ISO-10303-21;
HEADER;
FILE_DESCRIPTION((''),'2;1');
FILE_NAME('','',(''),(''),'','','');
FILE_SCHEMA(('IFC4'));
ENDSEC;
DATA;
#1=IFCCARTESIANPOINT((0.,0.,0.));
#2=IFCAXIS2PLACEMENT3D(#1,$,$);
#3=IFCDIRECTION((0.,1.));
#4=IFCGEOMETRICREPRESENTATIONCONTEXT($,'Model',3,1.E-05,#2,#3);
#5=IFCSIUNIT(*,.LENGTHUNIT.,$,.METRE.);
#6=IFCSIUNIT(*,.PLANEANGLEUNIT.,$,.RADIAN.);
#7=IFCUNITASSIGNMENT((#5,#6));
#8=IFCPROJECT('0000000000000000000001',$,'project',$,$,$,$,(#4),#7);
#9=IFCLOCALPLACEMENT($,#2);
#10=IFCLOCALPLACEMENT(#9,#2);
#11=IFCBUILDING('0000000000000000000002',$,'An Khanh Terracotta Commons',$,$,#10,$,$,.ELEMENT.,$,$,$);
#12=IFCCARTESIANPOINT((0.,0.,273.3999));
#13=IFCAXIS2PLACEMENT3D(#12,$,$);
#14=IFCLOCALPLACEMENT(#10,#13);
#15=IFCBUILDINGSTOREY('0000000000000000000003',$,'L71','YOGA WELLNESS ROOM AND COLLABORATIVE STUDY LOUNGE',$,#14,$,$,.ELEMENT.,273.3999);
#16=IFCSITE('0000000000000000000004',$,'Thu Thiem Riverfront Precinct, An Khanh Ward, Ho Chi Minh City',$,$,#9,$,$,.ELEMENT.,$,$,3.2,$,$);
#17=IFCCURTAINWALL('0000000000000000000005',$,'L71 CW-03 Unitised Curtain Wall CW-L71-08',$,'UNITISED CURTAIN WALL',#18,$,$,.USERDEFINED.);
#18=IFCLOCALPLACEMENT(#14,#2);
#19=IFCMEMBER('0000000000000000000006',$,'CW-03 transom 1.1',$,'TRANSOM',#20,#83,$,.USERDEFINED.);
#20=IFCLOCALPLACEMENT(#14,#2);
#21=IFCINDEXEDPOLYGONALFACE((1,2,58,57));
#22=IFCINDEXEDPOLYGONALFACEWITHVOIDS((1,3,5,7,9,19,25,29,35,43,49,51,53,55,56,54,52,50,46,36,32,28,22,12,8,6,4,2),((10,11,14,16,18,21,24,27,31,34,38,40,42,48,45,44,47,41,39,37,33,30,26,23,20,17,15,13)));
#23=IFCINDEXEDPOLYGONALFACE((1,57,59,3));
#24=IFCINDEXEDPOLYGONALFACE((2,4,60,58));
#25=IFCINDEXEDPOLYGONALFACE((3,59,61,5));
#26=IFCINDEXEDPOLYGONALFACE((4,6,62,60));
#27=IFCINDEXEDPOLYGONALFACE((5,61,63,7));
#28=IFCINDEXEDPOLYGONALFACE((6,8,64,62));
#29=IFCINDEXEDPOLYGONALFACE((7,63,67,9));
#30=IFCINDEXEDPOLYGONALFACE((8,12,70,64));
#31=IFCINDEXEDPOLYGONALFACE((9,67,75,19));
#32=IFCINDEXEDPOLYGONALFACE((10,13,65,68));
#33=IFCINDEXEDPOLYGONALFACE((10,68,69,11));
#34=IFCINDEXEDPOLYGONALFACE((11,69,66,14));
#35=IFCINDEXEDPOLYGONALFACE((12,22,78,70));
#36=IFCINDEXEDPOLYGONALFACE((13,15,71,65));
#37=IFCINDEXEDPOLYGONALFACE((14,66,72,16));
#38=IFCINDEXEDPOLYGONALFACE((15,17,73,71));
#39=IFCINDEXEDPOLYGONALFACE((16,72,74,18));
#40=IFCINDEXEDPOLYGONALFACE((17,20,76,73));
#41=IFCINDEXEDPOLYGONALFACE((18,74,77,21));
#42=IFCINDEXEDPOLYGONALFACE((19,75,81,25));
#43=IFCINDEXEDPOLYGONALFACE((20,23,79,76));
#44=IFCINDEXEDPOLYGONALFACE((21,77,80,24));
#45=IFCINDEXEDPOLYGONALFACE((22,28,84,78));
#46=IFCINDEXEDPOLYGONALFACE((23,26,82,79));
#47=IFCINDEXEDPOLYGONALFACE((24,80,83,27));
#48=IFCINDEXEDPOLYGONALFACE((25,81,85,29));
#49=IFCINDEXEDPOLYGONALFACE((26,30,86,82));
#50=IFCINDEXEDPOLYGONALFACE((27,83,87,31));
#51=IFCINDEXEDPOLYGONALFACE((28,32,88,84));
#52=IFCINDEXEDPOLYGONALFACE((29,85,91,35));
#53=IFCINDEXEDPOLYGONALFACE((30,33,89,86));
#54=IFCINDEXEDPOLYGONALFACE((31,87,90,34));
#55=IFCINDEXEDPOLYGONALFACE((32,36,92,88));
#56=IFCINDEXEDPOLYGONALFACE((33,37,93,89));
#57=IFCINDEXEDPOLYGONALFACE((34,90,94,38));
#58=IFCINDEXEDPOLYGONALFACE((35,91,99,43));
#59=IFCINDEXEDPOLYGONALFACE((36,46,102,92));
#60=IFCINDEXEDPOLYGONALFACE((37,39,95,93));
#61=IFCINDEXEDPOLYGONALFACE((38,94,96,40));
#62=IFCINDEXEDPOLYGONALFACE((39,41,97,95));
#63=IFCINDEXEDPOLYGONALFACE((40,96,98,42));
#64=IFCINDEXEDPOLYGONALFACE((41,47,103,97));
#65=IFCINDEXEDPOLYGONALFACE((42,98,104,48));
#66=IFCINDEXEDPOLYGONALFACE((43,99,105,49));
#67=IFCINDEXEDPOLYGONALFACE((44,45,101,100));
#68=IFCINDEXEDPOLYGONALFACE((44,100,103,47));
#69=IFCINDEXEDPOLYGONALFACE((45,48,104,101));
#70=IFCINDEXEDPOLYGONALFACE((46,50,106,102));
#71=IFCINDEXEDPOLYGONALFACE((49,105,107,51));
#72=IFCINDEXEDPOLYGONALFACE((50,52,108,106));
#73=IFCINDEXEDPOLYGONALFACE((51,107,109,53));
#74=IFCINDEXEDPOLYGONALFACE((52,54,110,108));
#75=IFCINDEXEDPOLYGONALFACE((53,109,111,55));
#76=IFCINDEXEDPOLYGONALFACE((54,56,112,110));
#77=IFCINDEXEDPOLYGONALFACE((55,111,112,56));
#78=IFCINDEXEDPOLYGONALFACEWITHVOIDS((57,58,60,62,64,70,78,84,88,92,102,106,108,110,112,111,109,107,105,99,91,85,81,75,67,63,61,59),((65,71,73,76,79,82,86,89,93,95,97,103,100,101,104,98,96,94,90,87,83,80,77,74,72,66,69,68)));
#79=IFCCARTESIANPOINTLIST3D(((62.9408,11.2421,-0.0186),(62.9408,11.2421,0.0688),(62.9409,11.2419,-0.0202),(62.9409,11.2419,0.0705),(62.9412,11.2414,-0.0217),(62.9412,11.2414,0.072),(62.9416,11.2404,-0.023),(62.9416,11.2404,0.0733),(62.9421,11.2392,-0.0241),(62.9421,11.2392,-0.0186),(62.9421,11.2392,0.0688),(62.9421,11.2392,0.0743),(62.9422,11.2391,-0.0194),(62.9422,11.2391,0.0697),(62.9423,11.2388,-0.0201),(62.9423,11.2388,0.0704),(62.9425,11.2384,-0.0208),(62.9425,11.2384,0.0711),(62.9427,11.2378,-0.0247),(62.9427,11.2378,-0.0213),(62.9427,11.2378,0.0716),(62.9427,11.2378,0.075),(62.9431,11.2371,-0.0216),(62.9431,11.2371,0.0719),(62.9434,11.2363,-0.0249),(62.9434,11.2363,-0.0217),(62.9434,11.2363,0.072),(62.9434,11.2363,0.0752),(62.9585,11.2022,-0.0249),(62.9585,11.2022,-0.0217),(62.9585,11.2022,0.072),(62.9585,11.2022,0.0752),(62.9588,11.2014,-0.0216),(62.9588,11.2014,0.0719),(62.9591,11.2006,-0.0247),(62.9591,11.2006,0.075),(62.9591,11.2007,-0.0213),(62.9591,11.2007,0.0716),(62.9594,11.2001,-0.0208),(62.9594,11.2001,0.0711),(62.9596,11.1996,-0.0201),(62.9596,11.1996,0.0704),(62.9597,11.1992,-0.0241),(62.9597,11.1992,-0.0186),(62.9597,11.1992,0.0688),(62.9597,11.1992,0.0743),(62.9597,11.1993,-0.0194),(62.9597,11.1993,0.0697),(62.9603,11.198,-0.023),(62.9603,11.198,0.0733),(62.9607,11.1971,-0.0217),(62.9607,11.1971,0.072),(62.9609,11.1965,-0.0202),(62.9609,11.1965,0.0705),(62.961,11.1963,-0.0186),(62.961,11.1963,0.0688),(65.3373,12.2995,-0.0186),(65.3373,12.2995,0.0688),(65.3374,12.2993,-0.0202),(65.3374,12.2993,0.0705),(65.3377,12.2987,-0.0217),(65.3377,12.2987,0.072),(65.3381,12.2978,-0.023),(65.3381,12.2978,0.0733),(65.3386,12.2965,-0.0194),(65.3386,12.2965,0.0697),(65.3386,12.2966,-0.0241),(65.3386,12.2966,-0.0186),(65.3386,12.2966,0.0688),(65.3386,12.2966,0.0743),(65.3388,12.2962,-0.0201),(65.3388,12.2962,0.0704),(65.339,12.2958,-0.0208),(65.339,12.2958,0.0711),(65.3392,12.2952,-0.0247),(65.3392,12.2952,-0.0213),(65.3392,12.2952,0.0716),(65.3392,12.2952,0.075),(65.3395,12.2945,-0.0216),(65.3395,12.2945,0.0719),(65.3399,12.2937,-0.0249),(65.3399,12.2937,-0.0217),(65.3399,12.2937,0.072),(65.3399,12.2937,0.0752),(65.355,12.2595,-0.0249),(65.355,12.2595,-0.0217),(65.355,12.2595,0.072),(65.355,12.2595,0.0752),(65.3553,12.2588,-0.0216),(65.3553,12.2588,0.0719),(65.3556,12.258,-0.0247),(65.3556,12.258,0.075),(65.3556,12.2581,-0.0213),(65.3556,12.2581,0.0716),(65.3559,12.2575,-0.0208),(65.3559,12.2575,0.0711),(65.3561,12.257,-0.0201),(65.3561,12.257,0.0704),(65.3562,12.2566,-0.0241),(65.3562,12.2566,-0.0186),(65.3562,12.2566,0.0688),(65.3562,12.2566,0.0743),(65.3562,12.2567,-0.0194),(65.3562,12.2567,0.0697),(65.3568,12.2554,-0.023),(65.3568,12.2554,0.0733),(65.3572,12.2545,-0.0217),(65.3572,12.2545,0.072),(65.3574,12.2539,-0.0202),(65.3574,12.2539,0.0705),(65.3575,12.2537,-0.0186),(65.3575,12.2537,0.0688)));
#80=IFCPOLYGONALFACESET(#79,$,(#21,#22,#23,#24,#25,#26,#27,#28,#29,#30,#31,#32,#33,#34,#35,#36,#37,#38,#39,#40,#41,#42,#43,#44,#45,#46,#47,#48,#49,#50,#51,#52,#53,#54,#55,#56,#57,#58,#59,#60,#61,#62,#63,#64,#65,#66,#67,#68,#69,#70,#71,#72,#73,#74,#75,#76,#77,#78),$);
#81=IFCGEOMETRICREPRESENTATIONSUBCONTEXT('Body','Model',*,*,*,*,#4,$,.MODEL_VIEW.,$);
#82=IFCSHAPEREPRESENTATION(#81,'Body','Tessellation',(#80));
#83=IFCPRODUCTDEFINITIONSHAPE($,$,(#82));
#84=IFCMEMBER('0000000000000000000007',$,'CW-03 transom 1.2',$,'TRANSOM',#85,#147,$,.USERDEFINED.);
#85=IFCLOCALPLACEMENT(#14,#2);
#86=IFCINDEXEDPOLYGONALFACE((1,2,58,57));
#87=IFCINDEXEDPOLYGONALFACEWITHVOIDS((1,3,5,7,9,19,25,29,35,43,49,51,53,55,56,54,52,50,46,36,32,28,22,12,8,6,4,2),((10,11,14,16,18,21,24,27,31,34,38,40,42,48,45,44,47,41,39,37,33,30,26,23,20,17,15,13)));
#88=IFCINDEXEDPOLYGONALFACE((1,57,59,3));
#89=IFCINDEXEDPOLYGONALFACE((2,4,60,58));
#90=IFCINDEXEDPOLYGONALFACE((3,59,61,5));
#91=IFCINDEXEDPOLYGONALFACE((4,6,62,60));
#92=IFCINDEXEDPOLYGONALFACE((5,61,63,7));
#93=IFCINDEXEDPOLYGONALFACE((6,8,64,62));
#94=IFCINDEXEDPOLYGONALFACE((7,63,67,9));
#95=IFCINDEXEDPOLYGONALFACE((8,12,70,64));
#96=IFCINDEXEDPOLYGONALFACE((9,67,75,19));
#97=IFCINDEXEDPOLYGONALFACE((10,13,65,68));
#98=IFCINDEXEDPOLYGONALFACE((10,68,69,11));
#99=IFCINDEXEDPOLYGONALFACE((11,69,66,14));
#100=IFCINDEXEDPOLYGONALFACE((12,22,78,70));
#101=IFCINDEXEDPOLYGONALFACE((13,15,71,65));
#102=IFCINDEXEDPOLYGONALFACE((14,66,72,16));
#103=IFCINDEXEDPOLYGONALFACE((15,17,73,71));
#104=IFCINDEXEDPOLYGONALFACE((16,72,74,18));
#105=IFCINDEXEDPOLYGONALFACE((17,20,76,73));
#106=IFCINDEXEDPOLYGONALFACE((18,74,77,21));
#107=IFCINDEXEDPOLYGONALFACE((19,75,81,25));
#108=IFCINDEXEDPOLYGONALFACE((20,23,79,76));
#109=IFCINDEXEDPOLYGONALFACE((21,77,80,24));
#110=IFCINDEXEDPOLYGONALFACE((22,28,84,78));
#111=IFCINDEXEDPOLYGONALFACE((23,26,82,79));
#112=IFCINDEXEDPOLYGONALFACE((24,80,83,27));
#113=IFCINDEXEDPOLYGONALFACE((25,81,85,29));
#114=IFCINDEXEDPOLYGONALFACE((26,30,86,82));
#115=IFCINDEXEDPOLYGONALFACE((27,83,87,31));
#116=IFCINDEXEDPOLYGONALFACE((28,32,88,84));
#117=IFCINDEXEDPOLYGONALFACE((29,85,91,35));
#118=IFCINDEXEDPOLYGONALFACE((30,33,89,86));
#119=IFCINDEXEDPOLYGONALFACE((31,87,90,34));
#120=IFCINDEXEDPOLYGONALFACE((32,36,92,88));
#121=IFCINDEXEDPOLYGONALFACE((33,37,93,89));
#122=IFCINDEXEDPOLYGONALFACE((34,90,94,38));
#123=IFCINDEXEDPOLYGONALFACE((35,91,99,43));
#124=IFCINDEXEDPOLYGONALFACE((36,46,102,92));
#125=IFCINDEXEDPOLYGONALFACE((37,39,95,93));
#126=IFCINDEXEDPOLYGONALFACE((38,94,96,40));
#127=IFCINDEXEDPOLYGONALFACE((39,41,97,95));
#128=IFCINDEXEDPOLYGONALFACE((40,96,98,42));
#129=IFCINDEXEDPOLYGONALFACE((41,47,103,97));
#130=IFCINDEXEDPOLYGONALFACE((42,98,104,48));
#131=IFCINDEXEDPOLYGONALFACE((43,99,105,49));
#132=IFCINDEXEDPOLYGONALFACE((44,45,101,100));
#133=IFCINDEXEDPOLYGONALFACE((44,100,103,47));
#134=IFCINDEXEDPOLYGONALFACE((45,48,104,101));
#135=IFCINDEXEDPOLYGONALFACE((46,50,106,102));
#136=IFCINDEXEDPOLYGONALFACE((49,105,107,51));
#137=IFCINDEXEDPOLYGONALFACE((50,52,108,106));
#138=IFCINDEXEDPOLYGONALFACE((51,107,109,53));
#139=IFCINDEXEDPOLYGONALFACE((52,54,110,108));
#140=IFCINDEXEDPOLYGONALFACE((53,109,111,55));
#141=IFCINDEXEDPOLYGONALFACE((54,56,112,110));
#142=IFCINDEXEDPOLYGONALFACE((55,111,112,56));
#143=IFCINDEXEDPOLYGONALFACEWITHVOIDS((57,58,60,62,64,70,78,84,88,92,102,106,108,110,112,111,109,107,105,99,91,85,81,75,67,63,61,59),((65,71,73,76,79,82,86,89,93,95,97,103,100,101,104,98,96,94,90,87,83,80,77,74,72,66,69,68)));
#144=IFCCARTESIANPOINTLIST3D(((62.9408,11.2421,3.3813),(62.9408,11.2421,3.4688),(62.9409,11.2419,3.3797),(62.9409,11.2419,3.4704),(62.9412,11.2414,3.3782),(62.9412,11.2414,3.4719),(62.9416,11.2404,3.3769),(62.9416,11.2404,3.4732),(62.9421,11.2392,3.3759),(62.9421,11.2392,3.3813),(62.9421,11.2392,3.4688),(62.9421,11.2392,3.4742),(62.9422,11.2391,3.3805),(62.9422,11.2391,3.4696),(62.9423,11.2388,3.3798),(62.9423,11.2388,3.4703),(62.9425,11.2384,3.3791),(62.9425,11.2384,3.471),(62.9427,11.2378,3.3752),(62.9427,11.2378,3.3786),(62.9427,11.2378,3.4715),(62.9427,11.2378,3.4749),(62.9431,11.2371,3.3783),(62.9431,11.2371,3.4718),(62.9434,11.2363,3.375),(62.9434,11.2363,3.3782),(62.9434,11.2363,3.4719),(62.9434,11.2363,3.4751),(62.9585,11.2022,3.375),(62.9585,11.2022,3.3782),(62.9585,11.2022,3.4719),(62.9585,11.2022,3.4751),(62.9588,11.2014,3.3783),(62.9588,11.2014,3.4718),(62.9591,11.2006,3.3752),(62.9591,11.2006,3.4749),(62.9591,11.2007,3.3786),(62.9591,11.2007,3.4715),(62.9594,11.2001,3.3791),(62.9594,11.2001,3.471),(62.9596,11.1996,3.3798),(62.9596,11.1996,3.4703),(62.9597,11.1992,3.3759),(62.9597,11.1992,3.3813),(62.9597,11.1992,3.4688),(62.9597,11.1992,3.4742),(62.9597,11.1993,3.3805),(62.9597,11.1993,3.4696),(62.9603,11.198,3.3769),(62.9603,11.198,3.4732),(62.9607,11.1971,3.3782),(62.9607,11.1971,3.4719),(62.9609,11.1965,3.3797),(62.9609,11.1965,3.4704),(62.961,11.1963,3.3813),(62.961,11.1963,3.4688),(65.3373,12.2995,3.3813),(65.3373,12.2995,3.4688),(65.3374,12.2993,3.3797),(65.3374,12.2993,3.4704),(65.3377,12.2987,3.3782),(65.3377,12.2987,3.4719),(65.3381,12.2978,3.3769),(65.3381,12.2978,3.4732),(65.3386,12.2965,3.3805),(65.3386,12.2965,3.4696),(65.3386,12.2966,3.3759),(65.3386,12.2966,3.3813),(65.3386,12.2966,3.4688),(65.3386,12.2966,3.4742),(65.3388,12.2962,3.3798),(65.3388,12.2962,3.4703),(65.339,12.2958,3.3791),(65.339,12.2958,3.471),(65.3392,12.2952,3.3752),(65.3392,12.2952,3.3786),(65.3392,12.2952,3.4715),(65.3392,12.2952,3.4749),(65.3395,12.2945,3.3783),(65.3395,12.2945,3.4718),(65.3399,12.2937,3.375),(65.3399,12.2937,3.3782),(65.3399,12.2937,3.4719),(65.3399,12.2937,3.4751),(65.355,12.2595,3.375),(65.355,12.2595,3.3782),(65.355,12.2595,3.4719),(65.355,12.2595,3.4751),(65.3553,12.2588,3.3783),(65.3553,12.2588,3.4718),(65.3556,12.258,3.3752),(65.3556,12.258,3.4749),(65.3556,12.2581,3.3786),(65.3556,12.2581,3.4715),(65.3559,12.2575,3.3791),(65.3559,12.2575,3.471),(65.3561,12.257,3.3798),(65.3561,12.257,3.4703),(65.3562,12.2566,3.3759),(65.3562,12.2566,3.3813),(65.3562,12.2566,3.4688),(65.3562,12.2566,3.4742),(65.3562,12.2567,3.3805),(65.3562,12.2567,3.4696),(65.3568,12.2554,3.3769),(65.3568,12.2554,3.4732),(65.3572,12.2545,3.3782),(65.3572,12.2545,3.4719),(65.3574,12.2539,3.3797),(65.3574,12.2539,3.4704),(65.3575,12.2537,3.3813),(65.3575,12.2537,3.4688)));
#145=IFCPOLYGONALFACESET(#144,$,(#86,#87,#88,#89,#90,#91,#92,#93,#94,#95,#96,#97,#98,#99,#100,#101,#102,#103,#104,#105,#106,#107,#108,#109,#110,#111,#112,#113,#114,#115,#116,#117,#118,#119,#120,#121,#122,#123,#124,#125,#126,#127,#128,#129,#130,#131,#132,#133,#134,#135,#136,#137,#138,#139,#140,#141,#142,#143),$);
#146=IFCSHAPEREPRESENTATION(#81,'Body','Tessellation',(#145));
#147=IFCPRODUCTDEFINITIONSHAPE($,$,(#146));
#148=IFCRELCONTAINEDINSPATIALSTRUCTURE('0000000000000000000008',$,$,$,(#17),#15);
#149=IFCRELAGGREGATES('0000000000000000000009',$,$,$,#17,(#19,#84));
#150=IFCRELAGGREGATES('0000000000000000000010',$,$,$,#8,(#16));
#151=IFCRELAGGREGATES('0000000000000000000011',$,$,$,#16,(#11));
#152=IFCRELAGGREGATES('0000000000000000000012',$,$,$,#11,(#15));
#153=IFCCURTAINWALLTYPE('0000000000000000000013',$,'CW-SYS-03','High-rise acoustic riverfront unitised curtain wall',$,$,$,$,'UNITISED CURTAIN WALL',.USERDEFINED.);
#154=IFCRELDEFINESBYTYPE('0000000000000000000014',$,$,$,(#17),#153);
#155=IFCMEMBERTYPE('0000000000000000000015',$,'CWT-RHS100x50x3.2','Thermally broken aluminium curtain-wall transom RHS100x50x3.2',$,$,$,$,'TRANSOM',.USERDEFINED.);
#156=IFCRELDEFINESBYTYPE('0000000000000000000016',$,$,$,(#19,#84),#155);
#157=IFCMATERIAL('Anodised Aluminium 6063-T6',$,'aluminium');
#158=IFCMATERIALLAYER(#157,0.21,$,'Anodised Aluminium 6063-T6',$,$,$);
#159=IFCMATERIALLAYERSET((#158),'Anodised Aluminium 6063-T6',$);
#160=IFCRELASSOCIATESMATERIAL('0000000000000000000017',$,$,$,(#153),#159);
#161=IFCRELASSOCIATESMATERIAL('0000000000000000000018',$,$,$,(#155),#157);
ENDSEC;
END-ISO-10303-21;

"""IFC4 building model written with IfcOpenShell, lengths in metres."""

from ifc_helpers import new_model, si_unit, direction, frame, origin, origin_2d, place, context, subcontext, project, spatial, hollow_rectangle, extrude, material, layer, layer_set, material_profile, profile_set, type_object, element, aggregate, save


model = new_model("IFC4")

# Units and contexts
model_context = context("Model", 3, precision=1e-05, world=origin(), true_north=direction((0.0, 1.0)))
body_context = subcontext(model_context, "Body", "Model", "MODEL_VIEW")
ifc_project = project(units=[si_unit("LENGTHUNIT", "METRE"), si_unit("PLANEANGLEUNIT", "RADIAN")], contexts=[model_context])

# Site, building, storey
site_placement = place(None, origin())
site = spatial("IfcSite", under=ifc_project, at=site_placement, Name="Thu Thiem Riverfront Precinct, An Khanh Ward, Ho Chi Minh City", CompositionType="ELEMENT", RefElevation=3.2)
building_placement = place(site_placement, origin())
building = spatial("IfcBuilding", under=site, at=building_placement, Name="An Khanh Terracotta Commons", CompositionType="ELEMENT")
storey_placement = place(building_placement, frame((0.0, 0.0, 273.3999)))
storey = spatial("IfcBuildingStorey", under=building, at=storey_placement, Name="L71", Description="YOGA WELLNESS ROOM AND COLLABORATIVE STUDY LOUNGE", CompositionType="ELEMENT", Elevation=273.3999)

# Curtain wall, members
ifc_material_1 = material(Name="Anodised Aluminium 6063-T6", Category="aluminium")
ifc_layer_1 = layer(ifc_material_1, 0.21, Name="Anodised Aluminium 6063-T6")
ifc_layer_set_1 = layer_set([ifc_layer_1], Name="Anodised Aluminium 6063-T6")
curtain_wall_type = type_object("IfcCurtainWallType", Name="CW-SYS-03", Description="High-rise acoustic riverfront unitised curtain wall", ElementType="UNITISED CURTAIN WALL", PredefinedType="USERDEFINED", material=ifc_layer_set_1)
curtain_wall_placement = place(storey_placement, origin())
curtain_wall = element("IfcCurtainWall", 1, at=curtain_wall_placement, inside=storey, type_object=curtain_wall_type, Name="L71 CW-03 Unitised Curtain Wall CW-L71-08", ObjectType="UNITISED CURTAIN WALL", PredefinedType="USERDEFINED")
ifc_material_profile_1 = material_profile(ifc_material_1, hollow_rectangle(XDim=0.05, YDim=0.1001, WallThickness=0.0032, InnerFilletRadius=0.0032, OuterFilletRadius=0.0063, at=origin_2d()), Name="RHS100x50x3.2")
ifc_profile_set_1 = profile_set([ifc_material_profile_1], Name="Anodised Aluminium 6063-T6")
member_type_1 = type_object("IfcMemberType", Name="CWT-RHS100x50x3.2", Description="Thermally broken aluminium curtain-wall transom RHS100x50x3.2", ElementType="TRANSOM", PredefinedType="USERDEFINED", material=ifc_profile_set_1)
member_1_placement = place(storey_placement, frame((62.9509, 11.2192, 0.0251), z_axis=(0.914904, 0.403672, 0.0), x_axis=(-0.403672, 0.914904, 0.0)))
member_1 = element("IfcMember", 2, at=member_1_placement, type_object=member_type_1, Name="CW-03 transom 1.1", ObjectType="TRANSOM", PredefinedType="USERDEFINED", context=body_context, shape_type="SweptSolid", body=[
    extrude(hollow_rectangle(XDim=0.05, YDim=0.1001, WallThickness=0.0032, InnerFilletRadius=0.0032, OuterFilletRadius=0.0063, at=origin_2d()), origin(), (0.0, 0.0, 1.0), 2.6194),
])
member_2_placement = place(storey_placement, frame((62.9509, 11.2192, 3.425), z_axis=(0.914904, 0.403672, 0.0), x_axis=(-0.403672, 0.914904, 0.0)))
member_2 = element("IfcMember", 3, at=member_2_placement, type_object=member_type_1, Name="CW-03 transom 1.2", ObjectType="TRANSOM", PredefinedType="USERDEFINED", context=body_context, shape_type="SweptSolid", body=[
    extrude(hollow_rectangle(XDim=0.05, YDim=0.1001, WallThickness=0.0032, InnerFilletRadius=0.0032, OuterFilletRadius=0.0063, at=origin_2d()), origin(), (0.0, 0.0, 1.0), 2.6194),
])
aggregate(curtain_wall, [member_1, member_2])

save(model, "model.ifc")
